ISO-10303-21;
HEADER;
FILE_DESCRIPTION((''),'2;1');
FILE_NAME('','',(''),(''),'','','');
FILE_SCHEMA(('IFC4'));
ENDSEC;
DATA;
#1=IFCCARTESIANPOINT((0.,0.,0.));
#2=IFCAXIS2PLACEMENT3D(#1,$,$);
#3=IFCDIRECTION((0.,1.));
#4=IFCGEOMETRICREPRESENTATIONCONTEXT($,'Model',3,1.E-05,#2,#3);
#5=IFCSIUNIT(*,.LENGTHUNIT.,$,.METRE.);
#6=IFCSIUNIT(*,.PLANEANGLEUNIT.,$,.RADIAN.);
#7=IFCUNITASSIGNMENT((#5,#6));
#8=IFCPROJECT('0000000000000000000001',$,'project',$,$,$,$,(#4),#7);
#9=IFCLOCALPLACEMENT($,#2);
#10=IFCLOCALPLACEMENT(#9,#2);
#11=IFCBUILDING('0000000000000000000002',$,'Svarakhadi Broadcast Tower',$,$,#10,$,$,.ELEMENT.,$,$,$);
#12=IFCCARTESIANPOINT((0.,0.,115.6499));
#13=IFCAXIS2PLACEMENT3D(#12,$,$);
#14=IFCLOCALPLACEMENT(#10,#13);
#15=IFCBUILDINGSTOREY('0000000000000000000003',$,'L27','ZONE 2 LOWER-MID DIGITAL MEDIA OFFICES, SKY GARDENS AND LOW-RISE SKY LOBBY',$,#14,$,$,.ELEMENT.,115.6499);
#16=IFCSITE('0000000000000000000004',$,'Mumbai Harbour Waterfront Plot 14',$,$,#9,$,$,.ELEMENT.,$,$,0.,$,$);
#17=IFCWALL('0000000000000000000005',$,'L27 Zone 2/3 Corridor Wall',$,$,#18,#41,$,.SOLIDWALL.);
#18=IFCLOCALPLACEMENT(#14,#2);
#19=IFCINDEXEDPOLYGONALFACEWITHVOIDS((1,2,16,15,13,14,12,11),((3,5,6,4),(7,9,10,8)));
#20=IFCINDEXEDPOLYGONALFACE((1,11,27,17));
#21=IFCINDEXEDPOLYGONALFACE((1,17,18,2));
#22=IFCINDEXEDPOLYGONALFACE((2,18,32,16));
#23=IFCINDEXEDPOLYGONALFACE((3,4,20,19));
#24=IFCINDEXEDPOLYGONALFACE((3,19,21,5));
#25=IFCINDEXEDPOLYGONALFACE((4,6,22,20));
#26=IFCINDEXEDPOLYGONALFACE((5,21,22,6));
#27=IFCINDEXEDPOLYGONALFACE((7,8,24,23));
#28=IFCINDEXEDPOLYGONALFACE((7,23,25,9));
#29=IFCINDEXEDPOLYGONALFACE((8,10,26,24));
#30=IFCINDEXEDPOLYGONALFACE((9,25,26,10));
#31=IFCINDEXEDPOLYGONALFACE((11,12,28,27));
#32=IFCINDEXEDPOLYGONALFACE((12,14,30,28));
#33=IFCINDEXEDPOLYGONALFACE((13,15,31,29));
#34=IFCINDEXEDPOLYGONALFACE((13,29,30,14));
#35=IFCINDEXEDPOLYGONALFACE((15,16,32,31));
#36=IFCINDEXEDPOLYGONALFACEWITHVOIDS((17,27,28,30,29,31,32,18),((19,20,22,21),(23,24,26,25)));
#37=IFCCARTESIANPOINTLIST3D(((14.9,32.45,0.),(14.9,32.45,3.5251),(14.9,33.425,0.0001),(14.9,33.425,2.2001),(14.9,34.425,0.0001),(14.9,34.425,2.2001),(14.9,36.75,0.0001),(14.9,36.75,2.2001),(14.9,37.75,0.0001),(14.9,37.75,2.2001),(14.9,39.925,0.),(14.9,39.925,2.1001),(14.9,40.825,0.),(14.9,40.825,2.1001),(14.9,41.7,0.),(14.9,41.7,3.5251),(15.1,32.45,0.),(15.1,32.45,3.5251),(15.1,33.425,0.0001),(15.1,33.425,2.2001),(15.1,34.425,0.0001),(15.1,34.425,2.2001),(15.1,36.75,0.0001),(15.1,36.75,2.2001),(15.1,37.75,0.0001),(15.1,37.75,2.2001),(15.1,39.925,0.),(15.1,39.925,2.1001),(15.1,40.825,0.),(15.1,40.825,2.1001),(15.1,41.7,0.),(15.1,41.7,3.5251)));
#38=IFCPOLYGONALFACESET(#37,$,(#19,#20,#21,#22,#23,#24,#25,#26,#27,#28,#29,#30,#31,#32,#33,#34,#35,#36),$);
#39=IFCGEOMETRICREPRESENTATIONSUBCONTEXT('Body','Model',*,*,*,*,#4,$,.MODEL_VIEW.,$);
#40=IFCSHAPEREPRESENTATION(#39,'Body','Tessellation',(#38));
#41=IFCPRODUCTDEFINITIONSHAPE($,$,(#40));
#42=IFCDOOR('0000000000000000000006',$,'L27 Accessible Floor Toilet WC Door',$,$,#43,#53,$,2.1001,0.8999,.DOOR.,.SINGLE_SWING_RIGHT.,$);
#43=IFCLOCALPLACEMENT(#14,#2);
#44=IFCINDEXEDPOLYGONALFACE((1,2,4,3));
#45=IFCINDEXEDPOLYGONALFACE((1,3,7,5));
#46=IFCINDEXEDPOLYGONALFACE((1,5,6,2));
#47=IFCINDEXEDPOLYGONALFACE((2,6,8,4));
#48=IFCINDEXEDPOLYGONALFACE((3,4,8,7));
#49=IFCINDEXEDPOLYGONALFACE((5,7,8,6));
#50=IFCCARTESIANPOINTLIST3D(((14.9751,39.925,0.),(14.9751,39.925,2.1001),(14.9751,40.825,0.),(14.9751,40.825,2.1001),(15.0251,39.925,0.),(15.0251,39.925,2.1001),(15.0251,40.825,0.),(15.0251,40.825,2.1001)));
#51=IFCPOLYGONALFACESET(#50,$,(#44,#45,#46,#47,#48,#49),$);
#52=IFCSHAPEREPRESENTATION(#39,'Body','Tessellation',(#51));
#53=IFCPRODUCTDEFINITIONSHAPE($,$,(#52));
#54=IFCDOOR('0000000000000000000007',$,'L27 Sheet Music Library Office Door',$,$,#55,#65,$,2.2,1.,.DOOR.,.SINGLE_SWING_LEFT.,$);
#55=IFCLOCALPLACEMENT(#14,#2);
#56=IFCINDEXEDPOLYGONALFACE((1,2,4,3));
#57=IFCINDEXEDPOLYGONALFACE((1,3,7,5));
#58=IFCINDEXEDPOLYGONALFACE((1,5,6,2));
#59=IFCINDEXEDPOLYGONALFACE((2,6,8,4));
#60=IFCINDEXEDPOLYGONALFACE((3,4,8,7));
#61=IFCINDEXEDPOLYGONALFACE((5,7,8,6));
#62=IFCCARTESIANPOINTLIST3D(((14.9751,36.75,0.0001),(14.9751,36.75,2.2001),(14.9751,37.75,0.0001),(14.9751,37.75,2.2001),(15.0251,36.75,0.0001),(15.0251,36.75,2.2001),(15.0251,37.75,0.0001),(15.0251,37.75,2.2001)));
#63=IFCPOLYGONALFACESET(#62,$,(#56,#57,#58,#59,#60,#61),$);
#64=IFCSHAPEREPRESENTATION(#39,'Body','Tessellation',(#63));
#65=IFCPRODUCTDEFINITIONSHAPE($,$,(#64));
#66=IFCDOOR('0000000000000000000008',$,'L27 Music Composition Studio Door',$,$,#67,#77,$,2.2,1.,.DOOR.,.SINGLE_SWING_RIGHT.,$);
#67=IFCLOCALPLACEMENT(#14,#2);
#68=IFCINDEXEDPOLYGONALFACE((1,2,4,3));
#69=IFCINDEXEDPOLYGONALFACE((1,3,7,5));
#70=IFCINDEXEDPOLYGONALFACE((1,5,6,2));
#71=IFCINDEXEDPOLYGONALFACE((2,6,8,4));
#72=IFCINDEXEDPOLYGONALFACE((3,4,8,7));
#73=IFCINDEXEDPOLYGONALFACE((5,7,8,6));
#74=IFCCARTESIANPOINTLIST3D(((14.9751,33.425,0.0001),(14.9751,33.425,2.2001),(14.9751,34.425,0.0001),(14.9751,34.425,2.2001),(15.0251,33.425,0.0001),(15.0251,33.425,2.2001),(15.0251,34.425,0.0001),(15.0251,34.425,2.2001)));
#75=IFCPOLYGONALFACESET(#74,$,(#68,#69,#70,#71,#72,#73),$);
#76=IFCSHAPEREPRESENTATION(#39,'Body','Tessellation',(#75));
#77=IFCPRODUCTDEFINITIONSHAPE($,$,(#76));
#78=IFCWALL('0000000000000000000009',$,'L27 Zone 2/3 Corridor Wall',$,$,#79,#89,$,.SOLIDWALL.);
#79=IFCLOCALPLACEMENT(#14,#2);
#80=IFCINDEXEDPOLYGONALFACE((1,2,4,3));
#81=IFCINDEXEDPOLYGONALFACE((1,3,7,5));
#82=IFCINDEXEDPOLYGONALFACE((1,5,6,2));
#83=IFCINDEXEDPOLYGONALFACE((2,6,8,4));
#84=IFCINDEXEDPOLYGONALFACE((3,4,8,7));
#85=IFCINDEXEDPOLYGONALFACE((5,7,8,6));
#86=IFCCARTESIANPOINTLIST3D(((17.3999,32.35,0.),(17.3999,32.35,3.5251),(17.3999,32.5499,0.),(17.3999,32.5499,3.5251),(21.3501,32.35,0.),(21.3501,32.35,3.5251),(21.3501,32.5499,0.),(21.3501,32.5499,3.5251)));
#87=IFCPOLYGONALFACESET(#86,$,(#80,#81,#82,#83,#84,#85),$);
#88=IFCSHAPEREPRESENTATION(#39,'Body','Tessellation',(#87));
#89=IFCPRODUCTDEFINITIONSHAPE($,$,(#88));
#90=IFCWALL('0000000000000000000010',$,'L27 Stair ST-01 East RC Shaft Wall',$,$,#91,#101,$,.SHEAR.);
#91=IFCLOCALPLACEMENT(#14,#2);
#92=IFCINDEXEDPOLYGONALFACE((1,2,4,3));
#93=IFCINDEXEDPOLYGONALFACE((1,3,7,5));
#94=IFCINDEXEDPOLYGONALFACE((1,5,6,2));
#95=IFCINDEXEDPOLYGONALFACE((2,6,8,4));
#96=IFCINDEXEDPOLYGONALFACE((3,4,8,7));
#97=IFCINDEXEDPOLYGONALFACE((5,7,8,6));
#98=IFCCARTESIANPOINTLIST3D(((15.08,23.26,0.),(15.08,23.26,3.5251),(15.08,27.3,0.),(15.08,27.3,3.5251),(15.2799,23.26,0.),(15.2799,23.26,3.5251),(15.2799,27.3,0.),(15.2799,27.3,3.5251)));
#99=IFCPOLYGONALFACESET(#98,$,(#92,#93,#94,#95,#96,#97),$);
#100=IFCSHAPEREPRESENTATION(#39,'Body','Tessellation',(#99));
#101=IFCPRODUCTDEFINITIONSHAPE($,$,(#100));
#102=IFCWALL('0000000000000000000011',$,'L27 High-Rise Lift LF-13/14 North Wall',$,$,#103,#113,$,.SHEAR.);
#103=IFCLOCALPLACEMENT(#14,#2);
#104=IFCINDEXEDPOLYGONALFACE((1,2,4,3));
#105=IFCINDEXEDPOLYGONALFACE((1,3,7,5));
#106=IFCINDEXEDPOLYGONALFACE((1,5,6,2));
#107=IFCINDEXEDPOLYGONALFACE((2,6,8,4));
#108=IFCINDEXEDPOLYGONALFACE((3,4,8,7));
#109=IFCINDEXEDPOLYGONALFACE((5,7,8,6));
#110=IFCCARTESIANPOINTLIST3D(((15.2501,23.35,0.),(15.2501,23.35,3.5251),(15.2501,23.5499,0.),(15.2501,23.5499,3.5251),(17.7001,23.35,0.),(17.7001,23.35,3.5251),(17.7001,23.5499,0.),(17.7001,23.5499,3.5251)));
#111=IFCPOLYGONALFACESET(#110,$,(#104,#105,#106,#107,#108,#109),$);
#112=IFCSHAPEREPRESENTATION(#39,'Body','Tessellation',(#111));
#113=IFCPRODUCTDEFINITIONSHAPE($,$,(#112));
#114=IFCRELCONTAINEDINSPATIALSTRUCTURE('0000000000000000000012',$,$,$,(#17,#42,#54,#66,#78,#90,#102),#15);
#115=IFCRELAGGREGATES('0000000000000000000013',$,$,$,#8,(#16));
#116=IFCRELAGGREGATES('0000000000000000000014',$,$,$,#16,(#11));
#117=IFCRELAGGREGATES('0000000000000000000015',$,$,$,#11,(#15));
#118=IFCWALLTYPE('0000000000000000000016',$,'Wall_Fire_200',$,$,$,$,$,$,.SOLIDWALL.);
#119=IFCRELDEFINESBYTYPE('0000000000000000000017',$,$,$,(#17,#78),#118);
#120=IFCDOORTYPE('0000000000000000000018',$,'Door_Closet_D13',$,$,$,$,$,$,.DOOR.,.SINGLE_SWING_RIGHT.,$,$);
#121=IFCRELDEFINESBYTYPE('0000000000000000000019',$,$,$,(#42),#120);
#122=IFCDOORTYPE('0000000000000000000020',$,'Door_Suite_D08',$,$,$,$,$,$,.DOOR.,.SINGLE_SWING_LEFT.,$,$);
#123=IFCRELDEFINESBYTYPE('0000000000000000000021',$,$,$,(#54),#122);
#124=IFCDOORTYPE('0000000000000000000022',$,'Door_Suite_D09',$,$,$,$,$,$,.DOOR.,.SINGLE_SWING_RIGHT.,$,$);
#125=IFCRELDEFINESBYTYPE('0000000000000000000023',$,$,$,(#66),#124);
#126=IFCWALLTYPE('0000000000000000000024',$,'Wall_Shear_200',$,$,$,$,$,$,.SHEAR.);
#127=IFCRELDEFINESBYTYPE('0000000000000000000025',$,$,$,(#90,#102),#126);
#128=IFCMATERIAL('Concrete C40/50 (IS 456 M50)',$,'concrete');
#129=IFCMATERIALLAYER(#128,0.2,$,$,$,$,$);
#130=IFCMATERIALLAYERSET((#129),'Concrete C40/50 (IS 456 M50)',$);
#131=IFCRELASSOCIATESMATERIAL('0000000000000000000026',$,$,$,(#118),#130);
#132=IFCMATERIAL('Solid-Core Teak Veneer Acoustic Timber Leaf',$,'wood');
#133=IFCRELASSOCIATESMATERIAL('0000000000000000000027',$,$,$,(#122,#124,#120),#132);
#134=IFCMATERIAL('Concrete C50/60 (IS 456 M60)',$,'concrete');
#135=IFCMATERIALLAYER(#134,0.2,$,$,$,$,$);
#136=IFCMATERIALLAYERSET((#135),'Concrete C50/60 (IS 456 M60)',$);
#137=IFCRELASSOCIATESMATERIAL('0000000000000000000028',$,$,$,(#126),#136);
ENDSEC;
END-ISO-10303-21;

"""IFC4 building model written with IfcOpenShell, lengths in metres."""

from ifc_helpers import new_model, si_unit, direction, frame, frame_2d, origin, place, context, subcontext, project, spatial, rectangle, extrude, material, layer, layer_set, type_object, element, fill, save


model = new_model("IFC4")

# Units and contexts
model_context = context("Model", 3, precision=1e-05, world=origin(), true_north=direction((0.0, 1.0)))
body_context = subcontext(model_context, "Body", "Model", "MODEL_VIEW")
ifc_project = project(units=[si_unit("LENGTHUNIT", "METRE"), si_unit("PLANEANGLEUNIT", "RADIAN")], contexts=[model_context])

# Site, building, storey
site_placement = place(None, origin())
site = spatial("IfcSite", under=ifc_project, at=site_placement, Name="Mumbai Harbour Waterfront Plot 14", CompositionType="ELEMENT", RefElevation=0.0)
building_placement = place(site_placement, origin())
building = spatial("IfcBuilding", under=site, at=building_placement, Name="Svarakhadi Broadcast Tower", CompositionType="ELEMENT")
storey_placement = place(building_placement, frame((0.0, 0.0, 115.6499)))
storey = spatial("IfcBuildingStorey", under=building, at=storey_placement, Name="L27", Description="ZONE 2 LOWER-MID DIGITAL MEDIA OFFICES, SKY GARDENS AND LOW-RISE SKY LOBBY", CompositionType="ELEMENT", Elevation=115.6499)

# Shared definitions
ifc_material_1 = material(Name="Concrete C50/60 (IS 456 M60)", Category="concrete")

# Shared definitions
ifc_material_2 = material(Name="Concrete C40/50 (IS 456 M50)", Category="concrete")
ifc_layer_1 = layer(ifc_material_2, 0.2)
ifc_layer_set_1 = layer_set([ifc_layer_1], Name="Concrete C40/50 (IS 456 M50)")
wall_type_1 = type_object("IfcWallType", Name="Wall_Fire_200", PredefinedType="SOLIDWALL", material=ifc_layer_set_1)

# Wall, openings, doors
ifc_material_3 = material(Name="Solid-Core Teak Veneer Acoustic Timber Leaf", Category="wood")
door_type_1 = type_object("IfcDoorType", Name="Door_Suite_D08", OperationType="SINGLE_SWING_LEFT", PredefinedType="DOOR", material=ifc_material_3)
door_type_2 = type_object("IfcDoorType", Name="Door_Suite_D09", OperationType="SINGLE_SWING_RIGHT", PredefinedType="DOOR", material=ifc_material_3)
wall_1_placement = place(storey_placement, frame((15.0, 32.45, 0.0), z_axis=(0.0, 0.0, 1.0), x_axis=(0.0, 1.0, 0.0)))
wall_1 = element("IfcWall", 1, at=wall_1_placement, inside=storey, type_object=wall_type_1, Name="L27 Zone 2/3 Corridor Wall", PredefinedType="SOLIDWALL", context=body_context, shape_type="SweptSolid", body=[
    extrude(rectangle(XDim=9.25, YDim=0.2, at=frame_2d((4.625, 0.0))), origin(), (0.0, 0.0, 1.0), 3.5251),
])
opening_1_placement = place(wall_1_placement, frame((0.9751, 0.0, 0.0)))
opening_1 = element("IfcOpeningElement", 2, at=opening_1_placement, cuts=wall_1, PredefinedType="OPENING", context=body_context, shape_type="SweptSolid", body=[
    extrude(rectangle(XDim=1.0, YDim=2.2, at=frame_2d((0.5, 1.1001))), frame((0.0, 0.1099, 0.0), z_axis=(0.0, -1.0, 0.0), x_axis=(1.0, 0.0, 0.0)), (0.0, 0.0, 1.0), 0.22),
])
opening_2_placement = place(wall_1_placement, frame((4.3, 0.0, 0.0)))
opening_2 = element("IfcOpeningElement", 3, at=opening_2_placement, cuts=wall_1, PredefinedType="OPENING", context=body_context, shape_type="SweptSolid", body=[
    extrude(rectangle(XDim=1.0, YDim=2.2, at=frame_2d((0.5, 1.1001))), frame((0.0, 0.1099, 0.0), z_axis=(0.0, -1.0, 0.0), x_axis=(1.0, 0.0, 0.0)), (0.0, 0.0, 1.0), 0.22),
])
opening_3_placement = place(wall_1_placement, frame((7.4751, 0.0, 0.0)))
opening_3 = element("IfcOpeningElement", 4, at=opening_3_placement, cuts=wall_1, PredefinedType="OPENING", context=body_context, shape_type="SweptSolid", body=[
    extrude(rectangle(XDim=0.8999, YDim=2.1001, at=frame_2d((0.45, 1.05))), frame((0.0, 0.1099, 0.0), z_axis=(0.0, -1.0, 0.0), x_axis=(1.0, 0.0, 0.0)), (0.0, 0.0, 1.0), 0.22),
])
door_type_3 = type_object("IfcDoorType", Name="Door_Closet_D13", OperationType="SINGLE_SWING_RIGHT", PredefinedType="DOOR", material=ifc_material_3)
door_1_placement = place(opening_3_placement, origin())
door_1 = element("IfcDoor", 5, at=door_1_placement, inside=storey, type_object=door_type_3, Name="L27 Accessible Floor Toilet WC Door", OperationType="SINGLE_SWING_RIGHT", OverallHeight=2.1001, OverallWidth=0.8999, PredefinedType="DOOR", context=body_context, shape_type="SweptSolid", body=[
    extrude(rectangle(XDim=0.8999, YDim=2.1001, at=frame_2d((0.45, 1.05))), frame((0.0, 0.0249, 0.0), z_axis=(0.0, -1.0, 0.0), x_axis=(1.0, 0.0, 0.0)), (0.0, 0.0, 1.0), 0.05),
])
fill(opening_3, door_1)
door_2_placement = place(opening_2_placement, origin())
door_2 = element("IfcDoor", 6, at=door_2_placement, inside=storey, type_object=door_type_1, Name="L27 Sheet Music Library Office Door", OperationType="SINGLE_SWING_LEFT", OverallHeight=2.2, OverallWidth=1.0, PredefinedType="DOOR", context=body_context, shape_type="SweptSolid", body=[
    extrude(rectangle(XDim=1.0, YDim=2.2, at=frame_2d((0.5, 1.1001))), frame((0.0, 0.0249, 0.0), z_axis=(0.0, -1.0, 0.0), x_axis=(1.0, 0.0, 0.0)), (0.0, 0.0, 1.0), 0.05),
])
fill(opening_2, door_2)
door_3_placement = place(opening_1_placement, origin())
door_3 = element("IfcDoor", 7, at=door_3_placement, inside=storey, type_object=door_type_2, Name="L27 Music Composition Studio Door", OperationType="SINGLE_SWING_RIGHT", OverallHeight=2.2, OverallWidth=1.0, PredefinedType="DOOR", context=body_context, shape_type="SweptSolid", body=[
    extrude(rectangle(XDim=1.0, YDim=2.2, at=frame_2d((0.5, 1.1001))), frame((0.0, 0.0249, 0.0), z_axis=(0.0, -1.0, 0.0), x_axis=(1.0, 0.0, 0.0)), (0.0, 0.0, 1.0), 0.05),
])
fill(opening_1, door_3)

# Wall
wall_2_placement = place(storey_placement, frame((17.3999, 32.45, 0.0), z_axis=(0.0, 0.0, 1.0), x_axis=(1.0, 0.0, 0.0)))
element("IfcWall", 8, at=wall_2_placement, inside=storey, type_object=wall_type_1, Name="L27 Zone 2/3 Corridor Wall", PredefinedType="SOLIDWALL", context=body_context, shape_type="SweptSolid", body=[
    extrude(rectangle(XDim=3.9502, YDim=0.2, at=frame_2d((1.9751, 0.0))), origin(), (0.0, 0.0, 1.0), 3.5251),
])

# Walls
ifc_layer_2 = layer(ifc_material_1, 0.2)
ifc_layer_set_2 = layer_set([ifc_layer_2], Name="Concrete C50/60 (IS 456 M60)")
wall_type_2 = type_object("IfcWallType", Name="Wall_Shear_200", PredefinedType="SHEAR", material=ifc_layer_set_2)
wall_3_placement = place(storey_placement, frame((15.1799, 23.26, 0.0), z_axis=(0.0, 0.0, 1.0), x_axis=(0.0, 1.0, 0.0)))
element("IfcWall", 9, at=wall_3_placement, inside=storey, type_object=wall_type_2, Name="L27 Stair ST-01 East RC Shaft Wall", PredefinedType="SHEAR", context=body_context, shape_type="SweptSolid", body=[
    extrude(rectangle(XDim=4.04, YDim=0.2, at=frame_2d((2.02, 0.0))), origin(), (0.0, 0.0, 1.0), 3.5251),
])
wall_4_placement = place(storey_placement, frame((15.25, 23.45, 0.0), z_axis=(0.0, 0.0, 1.0), x_axis=(1.0, 0.0, 0.0)))
element("IfcWall", 10, at=wall_4_placement, inside=storey, type_object=wall_type_2, Name="L27 High-Rise Lift LF-13/14 North Wall", PredefinedType="SHEAR", context=body_context, shape_type="SweptSolid", body=[
    extrude(rectangle(XDim=2.45, YDim=0.2, at=frame_2d((1.2251, 0.0))), origin(), (0.0, 0.0, 1.0), 3.5251),
])

save(model, "model.ifc")
